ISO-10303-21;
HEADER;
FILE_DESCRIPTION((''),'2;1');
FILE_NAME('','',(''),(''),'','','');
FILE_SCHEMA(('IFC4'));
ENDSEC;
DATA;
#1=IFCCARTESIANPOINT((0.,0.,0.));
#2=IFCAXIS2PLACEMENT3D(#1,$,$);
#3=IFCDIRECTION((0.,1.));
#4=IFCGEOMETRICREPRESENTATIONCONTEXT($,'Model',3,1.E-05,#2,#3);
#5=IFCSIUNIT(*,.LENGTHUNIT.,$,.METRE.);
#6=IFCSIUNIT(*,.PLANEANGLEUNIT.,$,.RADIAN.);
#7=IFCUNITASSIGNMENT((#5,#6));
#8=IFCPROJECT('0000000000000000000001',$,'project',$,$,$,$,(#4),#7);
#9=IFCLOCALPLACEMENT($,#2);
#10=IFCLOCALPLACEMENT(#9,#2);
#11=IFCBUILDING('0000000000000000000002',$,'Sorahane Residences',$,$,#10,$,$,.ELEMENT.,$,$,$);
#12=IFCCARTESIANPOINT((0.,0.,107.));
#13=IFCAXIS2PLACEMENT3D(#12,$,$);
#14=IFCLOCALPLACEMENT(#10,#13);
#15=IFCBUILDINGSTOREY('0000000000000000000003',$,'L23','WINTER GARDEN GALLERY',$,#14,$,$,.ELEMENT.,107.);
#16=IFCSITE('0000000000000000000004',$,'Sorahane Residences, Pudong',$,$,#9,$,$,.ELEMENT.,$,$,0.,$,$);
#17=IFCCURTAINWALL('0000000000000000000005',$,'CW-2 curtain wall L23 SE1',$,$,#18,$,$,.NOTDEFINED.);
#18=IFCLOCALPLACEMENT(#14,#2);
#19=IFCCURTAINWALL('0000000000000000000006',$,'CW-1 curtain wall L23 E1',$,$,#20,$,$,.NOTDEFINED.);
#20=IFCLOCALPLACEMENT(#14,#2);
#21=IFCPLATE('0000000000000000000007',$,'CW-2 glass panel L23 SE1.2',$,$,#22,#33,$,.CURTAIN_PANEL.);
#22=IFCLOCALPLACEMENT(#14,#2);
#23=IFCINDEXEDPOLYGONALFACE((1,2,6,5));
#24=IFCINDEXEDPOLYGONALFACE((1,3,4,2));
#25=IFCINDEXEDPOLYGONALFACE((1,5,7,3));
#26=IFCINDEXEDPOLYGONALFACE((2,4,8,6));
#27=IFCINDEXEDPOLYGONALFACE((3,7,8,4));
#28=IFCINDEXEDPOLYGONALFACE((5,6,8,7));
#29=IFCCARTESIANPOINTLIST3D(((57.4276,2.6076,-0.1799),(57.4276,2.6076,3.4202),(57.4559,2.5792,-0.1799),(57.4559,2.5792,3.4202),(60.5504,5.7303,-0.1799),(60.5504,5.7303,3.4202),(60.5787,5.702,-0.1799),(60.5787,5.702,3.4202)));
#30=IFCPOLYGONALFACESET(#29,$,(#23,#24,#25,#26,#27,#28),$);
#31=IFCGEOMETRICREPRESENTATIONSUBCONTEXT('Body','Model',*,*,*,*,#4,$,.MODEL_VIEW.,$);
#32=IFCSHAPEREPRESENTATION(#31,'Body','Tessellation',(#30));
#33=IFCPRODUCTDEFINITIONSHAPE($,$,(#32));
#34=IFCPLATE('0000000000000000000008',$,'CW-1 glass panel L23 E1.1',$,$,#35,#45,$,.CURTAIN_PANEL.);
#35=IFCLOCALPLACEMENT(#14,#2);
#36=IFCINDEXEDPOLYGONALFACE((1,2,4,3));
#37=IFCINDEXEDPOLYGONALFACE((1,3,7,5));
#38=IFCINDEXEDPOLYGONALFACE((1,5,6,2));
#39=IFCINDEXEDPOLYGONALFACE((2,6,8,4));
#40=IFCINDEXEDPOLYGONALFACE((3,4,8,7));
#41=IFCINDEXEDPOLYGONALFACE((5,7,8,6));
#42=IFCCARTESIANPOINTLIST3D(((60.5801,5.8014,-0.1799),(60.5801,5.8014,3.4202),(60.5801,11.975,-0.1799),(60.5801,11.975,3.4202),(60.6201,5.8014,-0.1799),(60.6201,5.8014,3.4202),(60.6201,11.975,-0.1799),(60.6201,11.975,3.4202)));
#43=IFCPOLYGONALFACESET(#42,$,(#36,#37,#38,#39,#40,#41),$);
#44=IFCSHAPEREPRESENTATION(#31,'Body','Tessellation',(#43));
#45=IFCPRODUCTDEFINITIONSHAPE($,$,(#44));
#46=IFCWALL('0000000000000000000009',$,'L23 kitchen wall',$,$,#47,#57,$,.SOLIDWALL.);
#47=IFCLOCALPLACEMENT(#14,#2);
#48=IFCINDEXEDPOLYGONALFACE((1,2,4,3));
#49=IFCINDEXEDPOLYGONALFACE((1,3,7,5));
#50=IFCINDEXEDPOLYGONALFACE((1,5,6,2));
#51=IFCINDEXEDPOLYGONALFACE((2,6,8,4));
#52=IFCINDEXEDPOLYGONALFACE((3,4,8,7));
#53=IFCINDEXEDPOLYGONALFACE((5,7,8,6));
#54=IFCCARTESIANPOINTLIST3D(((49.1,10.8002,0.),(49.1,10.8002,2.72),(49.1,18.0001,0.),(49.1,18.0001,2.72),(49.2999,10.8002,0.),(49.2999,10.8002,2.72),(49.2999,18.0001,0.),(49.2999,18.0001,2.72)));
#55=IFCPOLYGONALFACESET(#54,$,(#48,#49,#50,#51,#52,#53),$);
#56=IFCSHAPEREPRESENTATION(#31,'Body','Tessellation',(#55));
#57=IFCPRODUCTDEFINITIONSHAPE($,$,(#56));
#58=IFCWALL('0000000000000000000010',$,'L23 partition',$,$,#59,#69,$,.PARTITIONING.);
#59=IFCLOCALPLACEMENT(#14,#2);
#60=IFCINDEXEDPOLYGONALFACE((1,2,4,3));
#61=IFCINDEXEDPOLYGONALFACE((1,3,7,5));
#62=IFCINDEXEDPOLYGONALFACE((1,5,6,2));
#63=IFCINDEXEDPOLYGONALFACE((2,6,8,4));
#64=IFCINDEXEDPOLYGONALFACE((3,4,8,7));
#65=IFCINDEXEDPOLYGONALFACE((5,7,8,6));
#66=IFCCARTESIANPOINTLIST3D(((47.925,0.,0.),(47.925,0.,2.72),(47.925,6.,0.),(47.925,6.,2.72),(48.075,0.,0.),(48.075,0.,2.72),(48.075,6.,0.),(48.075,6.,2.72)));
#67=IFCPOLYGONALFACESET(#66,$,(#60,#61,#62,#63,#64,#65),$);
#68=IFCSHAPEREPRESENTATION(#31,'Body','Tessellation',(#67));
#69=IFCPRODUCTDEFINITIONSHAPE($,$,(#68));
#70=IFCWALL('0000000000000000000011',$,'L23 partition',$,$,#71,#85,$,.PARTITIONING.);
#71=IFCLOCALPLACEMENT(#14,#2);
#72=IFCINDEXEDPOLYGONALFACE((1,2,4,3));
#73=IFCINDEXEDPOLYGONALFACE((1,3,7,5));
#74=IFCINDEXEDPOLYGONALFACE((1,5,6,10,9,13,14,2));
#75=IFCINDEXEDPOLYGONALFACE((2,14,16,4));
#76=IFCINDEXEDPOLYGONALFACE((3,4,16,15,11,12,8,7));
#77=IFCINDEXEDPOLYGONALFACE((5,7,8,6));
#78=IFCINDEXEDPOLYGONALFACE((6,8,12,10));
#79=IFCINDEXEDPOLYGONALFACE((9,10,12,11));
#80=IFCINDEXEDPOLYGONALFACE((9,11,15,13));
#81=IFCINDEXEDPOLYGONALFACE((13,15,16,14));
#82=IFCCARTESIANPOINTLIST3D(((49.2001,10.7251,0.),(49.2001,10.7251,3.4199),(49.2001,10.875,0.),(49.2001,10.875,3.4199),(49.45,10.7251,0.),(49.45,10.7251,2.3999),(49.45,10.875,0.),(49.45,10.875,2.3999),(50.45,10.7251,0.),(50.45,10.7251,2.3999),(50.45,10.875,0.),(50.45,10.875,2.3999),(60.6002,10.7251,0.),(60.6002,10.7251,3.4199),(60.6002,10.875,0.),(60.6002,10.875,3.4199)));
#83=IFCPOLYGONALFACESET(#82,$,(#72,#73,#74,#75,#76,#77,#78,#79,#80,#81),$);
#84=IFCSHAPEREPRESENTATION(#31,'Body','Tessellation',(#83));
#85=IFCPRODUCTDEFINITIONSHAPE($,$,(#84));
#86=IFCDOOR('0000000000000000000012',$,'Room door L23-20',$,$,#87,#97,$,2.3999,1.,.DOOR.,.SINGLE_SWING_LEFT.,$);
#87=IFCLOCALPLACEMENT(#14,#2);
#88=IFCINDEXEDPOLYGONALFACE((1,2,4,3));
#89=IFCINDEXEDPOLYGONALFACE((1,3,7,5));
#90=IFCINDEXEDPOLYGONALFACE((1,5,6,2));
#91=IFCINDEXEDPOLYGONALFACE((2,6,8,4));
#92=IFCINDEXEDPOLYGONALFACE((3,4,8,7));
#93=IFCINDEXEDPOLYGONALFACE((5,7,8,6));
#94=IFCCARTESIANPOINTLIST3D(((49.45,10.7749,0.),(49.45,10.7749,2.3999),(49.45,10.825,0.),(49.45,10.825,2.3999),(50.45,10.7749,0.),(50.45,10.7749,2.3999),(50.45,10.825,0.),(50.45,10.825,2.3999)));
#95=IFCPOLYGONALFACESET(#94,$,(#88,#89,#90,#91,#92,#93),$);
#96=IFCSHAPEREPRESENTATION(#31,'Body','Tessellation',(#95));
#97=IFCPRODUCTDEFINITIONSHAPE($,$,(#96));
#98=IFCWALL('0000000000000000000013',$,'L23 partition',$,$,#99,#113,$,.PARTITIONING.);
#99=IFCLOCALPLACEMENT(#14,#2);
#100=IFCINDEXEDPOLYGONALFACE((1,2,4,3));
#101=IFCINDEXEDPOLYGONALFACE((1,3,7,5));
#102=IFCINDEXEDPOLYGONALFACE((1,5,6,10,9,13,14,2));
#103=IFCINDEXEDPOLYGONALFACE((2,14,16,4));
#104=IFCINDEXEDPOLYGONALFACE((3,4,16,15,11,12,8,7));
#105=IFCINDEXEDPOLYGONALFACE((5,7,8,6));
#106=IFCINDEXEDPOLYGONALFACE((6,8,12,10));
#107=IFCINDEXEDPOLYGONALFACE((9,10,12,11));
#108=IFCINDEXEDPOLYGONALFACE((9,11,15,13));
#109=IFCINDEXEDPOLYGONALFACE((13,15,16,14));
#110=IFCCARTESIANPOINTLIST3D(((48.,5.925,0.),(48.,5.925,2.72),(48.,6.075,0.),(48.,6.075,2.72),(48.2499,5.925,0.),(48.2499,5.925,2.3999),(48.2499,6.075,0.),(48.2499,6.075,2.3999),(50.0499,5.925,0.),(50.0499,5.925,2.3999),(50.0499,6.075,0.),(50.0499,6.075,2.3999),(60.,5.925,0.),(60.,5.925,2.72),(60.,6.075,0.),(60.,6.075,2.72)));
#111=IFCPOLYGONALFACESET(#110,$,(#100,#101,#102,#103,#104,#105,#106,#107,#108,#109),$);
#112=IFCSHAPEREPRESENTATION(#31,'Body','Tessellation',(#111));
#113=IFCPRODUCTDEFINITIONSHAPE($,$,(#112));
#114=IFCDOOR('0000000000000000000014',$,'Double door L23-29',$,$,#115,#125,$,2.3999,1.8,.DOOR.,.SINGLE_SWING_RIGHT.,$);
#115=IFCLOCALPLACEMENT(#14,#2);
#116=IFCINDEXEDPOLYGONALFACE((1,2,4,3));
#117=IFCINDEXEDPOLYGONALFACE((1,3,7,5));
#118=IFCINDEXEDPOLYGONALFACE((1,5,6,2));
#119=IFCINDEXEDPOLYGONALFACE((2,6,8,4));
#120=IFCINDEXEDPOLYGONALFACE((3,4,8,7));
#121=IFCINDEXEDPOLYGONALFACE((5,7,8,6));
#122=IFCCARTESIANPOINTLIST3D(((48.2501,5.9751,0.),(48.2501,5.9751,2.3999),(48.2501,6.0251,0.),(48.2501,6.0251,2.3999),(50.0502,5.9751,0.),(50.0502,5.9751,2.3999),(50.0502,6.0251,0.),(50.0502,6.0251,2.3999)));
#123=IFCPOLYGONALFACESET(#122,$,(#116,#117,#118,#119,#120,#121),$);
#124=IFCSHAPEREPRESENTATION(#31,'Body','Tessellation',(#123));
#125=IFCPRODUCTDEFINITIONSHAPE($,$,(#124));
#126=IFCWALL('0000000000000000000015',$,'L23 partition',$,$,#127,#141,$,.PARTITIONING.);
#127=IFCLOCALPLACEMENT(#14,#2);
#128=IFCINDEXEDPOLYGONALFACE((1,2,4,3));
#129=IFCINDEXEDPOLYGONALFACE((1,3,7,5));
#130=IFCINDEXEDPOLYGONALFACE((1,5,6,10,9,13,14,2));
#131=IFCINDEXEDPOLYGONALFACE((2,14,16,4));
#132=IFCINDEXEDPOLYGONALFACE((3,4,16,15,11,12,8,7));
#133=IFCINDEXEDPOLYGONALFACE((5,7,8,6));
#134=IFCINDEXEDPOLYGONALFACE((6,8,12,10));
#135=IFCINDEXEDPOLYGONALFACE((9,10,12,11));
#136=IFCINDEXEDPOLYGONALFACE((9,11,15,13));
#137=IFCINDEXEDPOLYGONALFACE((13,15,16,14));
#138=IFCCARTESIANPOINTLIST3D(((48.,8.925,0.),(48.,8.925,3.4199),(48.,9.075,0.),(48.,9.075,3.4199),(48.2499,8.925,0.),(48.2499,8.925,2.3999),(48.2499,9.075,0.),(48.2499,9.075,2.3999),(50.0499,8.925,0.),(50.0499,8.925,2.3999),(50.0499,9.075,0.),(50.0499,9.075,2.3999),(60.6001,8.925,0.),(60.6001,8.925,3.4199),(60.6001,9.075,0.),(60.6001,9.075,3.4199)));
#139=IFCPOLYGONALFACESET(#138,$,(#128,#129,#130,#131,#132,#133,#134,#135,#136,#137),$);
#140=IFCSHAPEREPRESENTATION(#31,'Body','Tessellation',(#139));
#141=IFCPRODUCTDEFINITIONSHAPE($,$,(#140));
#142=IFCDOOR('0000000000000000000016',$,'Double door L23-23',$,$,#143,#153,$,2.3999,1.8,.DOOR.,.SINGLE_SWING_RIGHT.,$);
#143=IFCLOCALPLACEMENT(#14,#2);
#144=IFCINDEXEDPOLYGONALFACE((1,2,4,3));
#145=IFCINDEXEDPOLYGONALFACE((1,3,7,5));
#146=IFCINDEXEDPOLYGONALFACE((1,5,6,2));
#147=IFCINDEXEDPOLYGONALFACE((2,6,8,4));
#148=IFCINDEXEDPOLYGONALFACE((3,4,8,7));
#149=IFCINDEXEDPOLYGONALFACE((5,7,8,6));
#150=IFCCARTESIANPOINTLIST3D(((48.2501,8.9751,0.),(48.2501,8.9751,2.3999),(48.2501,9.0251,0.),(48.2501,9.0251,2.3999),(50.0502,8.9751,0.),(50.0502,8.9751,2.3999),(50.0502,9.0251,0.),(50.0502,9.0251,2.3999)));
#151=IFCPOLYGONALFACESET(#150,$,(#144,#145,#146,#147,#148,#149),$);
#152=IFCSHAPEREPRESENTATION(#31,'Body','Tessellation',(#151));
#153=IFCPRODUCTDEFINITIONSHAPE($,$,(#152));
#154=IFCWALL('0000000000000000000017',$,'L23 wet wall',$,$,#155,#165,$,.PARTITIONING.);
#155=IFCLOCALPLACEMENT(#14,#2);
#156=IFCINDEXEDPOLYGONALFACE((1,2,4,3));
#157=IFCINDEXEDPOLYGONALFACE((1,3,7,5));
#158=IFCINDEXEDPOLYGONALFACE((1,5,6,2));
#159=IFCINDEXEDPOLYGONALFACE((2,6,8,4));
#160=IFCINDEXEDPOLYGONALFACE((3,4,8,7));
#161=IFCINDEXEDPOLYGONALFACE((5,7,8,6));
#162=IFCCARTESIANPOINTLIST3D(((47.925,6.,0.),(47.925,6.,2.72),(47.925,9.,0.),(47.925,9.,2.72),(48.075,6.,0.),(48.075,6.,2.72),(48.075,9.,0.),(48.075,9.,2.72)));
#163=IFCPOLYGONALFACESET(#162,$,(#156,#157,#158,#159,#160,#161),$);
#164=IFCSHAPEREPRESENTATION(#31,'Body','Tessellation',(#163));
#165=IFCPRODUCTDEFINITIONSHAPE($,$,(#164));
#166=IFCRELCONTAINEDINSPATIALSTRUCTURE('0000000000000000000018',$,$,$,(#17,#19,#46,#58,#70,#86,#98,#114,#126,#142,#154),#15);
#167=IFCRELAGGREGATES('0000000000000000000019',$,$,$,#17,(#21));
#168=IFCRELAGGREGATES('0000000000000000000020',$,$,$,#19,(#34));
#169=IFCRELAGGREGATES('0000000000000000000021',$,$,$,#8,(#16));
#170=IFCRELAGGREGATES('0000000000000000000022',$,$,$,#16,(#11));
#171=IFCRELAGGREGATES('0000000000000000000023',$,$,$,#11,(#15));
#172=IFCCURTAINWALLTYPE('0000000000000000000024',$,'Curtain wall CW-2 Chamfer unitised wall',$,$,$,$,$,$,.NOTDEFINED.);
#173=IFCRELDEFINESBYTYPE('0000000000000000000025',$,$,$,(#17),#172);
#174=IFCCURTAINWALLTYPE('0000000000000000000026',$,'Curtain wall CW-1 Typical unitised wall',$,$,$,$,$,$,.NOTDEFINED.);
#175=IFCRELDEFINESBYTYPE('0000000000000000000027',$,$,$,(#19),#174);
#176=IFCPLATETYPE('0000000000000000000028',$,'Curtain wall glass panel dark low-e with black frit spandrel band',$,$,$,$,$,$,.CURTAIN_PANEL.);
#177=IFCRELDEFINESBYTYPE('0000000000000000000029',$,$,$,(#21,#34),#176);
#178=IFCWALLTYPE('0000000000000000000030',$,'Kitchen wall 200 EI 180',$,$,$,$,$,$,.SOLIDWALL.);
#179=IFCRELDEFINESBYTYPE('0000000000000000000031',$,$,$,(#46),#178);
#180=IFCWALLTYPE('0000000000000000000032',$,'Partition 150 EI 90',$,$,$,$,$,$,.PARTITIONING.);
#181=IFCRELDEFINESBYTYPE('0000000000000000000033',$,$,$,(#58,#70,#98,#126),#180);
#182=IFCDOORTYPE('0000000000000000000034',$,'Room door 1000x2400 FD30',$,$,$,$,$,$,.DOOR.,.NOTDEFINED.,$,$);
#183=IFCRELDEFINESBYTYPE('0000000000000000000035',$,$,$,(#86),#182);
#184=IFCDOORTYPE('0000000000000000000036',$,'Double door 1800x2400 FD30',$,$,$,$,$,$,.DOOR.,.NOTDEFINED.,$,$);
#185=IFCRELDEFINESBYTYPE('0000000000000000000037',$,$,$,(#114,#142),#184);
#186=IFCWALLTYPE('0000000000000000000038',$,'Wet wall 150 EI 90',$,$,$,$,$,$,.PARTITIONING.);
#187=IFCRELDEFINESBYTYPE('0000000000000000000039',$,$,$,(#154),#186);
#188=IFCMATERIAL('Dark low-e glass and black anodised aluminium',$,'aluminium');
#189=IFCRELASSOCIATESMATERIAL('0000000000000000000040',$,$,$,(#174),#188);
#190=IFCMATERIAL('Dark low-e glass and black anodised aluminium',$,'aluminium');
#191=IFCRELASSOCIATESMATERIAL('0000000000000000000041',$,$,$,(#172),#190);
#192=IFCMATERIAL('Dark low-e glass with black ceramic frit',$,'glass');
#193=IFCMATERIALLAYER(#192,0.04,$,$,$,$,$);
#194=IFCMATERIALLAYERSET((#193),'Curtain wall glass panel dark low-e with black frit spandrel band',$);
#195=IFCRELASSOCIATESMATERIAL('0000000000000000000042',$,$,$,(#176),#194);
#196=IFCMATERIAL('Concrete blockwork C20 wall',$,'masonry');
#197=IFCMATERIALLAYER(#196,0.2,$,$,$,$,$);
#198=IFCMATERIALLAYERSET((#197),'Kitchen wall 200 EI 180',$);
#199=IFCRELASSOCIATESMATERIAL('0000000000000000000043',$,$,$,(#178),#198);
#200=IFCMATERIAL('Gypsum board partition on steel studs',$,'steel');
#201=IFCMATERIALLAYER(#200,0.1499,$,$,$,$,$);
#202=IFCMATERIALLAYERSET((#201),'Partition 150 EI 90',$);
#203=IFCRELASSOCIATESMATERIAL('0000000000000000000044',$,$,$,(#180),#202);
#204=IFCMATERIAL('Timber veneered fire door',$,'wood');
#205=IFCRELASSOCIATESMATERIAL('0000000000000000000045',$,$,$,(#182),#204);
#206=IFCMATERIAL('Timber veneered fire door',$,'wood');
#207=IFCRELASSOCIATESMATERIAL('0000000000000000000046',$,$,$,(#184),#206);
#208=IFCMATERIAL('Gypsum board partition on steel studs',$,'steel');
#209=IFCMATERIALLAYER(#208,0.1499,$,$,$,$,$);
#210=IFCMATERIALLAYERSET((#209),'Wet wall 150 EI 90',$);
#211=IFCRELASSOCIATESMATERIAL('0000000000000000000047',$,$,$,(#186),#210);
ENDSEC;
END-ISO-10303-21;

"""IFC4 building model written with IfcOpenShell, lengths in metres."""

from ifc_helpers import new_model, si_unit, direction, frame, frame_2d, origin, origin_2d, place, context, subcontext, project, spatial, rectangle, extrude, material, layer, layer_set, type_object, element, fill, aggregate, save


model = new_model("IFC4")

# Units and contexts
model_context = context("Model", 3, precision=1e-05, world=origin(), true_north=direction((0.0, 1.0)))
body_context = subcontext(model_context, "Body", "Model", "MODEL_VIEW")
ifc_project = project(units=[si_unit("LENGTHUNIT", "METRE"), si_unit("PLANEANGLEUNIT", "RADIAN")], contexts=[model_context])

# Site, building, storey
site_placement = place(None, origin())
site = spatial("IfcSite", under=ifc_project, at=site_placement, Name="Sorahane Residences, Pudong", CompositionType="ELEMENT", RefElevation=0.0)
building_placement = place(site_placement, origin())
building = spatial("IfcBuilding", under=site, at=building_placement, Name="Sorahane Residences", CompositionType="ELEMENT")
storey_placement = place(building_placement, frame((0.0, 0.0, 107.0)))
storey = spatial("IfcBuildingStorey", under=building, at=storey_placement, Name="L23", Description="WINTER GARDEN GALLERY", CompositionType="ELEMENT", Elevation=107.0)

# Curtain wall
ifc_material_1 = material(Name="Dark low-e glass and black anodised aluminium", Category="aluminium")
curtain_wall_type_1 = type_object("IfcCurtainWallType", Name="Curtain wall CW-1 Typical unitised wall", PredefinedType="NOTDEFINED", material=ifc_material_1)
ifc_material_2 = material(Name="Dark low-e glass and black anodised aluminium", Category="aluminium")
curtain_wall_type_2 = type_object("IfcCurtainWallType", Name="Curtain wall CW-2 Chamfer unitised wall", PredefinedType="NOTDEFINED", material=ifc_material_2)
curtain_wall_1_placement = place(storey_placement, origin())
curtain_wall_1 = element("IfcCurtainWall", 1, at=curtain_wall_1_placement, inside=storey, type_object=curtain_wall_type_2, Name="CW-2 curtain wall L23 SE1", PredefinedType="NOTDEFINED")

# Curtain wall
curtain_wall_2_placement = place(storey_placement, origin())
curtain_wall_2 = element("IfcCurtainWall", 2, at=curtain_wall_2_placement, inside=storey, type_object=curtain_wall_type_1, Name="CW-1 curtain wall L23 E1", PredefinedType="NOTDEFINED")

# Plates
ifc_material_3 = material(Name="Dark low-e glass with black ceramic frit", Category="glass")
ifc_layer_1 = layer(ifc_material_3, 0.04)
ifc_layer_set_1 = layer_set([ifc_layer_1], Name="Curtain wall glass panel dark low-e with black frit spandrel band")
plate_type = type_object("IfcPlateType", Name="Curtain wall glass panel dark low-e with black frit spandrel band", PredefinedType="CURTAIN_PANEL", material=ifc_layer_set_1)
plate_1_placement = place(storey_placement, frame((59.0032, 4.1548, -0.1799), z_axis=(0.0, 0.0, 1.0), x_axis=(0.707107, 0.707107, 0.0)))
plate_1 = element("IfcPlate", 3, at=plate_1_placement, type_object=plate_type, Name="CW-2 glass panel L23 SE1.2", PredefinedType="CURTAIN_PANEL", context=body_context, shape_type="SweptSolid", body=[
    extrude(rectangle(XDim=4.4163, YDim=0.04, at=origin_2d()), origin(), (0.0, 0.0, 1.0), 3.6001),
])
aggregate(curtain_wall_1, [plate_1])
plate_2_placement = place(storey_placement, frame((60.6001, 8.8882, -0.1799), z_axis=(0.0, 0.0, 1.0), x_axis=(0.0, 1.0, 0.0)))
plate_2 = element("IfcPlate", 4, at=plate_2_placement, type_object=plate_type, Name="CW-1 glass panel L23 E1.1", PredefinedType="CURTAIN_PANEL", context=body_context, shape_type="SweptSolid", body=[
    extrude(rectangle(XDim=6.1736, YDim=0.04, at=origin_2d()), origin(), (0.0, 0.0, 1.0), 3.6001),
])
aggregate(curtain_wall_2, [plate_2])

# Wall
ifc_material_4 = material(Name="Concrete blockwork C20 wall", Category="masonry")
ifc_layer_2 = layer(ifc_material_4, 0.2)
ifc_layer_set_2 = layer_set([ifc_layer_2], Name="Kitchen wall 200 EI 180")
wall_type_1 = type_object("IfcWallType", Name="Kitchen wall 200 EI 180", PredefinedType="SOLIDWALL", material=ifc_layer_set_2)
wall_1_placement = place(storey_placement, frame((49.2, 10.8, 0.0), z_axis=(0.0, 0.0, 1.0), x_axis=(0.0, 1.0, 0.0)))
element("IfcWall", 5, at=wall_1_placement, inside=storey, type_object=wall_type_1, Name="L23 kitchen wall", PredefinedType="SOLIDWALL", context=body_context, shape_type="SweptSolid", body=[
    extrude(rectangle(XDim=7.2, YDim=0.2, at=frame_2d((3.6001, 0.0))), origin(), (0.0, 0.0, 1.0), 2.72),
])

# Wall
ifc_material_5 = material(Name="Gypsum board partition on steel studs", Category="steel")
ifc_layer_3 = layer(ifc_material_5, 0.1499)
ifc_layer_set_3 = layer_set([ifc_layer_3], Name="Partition 150 EI 90")
wall_type_2 = type_object("IfcWallType", Name="Partition 150 EI 90", PredefinedType="PARTITIONING", material=ifc_layer_set_3)
wall_2_placement = place(storey_placement, frame((48.0, 0.0, 0.0), z_axis=(0.0, 0.0, 1.0), x_axis=(0.0, 1.0, 0.0)))
element("IfcWall", 6, at=wall_2_placement, inside=storey, type_object=wall_type_2, Name="L23 partition", PredefinedType="PARTITIONING", context=body_context, shape_type="SweptSolid", body=[
    extrude(rectangle(XDim=6.0, YDim=0.1499, at=frame_2d((3.0, 0.0))), origin(), (0.0, 0.0, 1.0), 2.72),
])

# Walls, openings, doors
wall_3_placement = place(storey_placement, frame((49.2, 10.8, 0.0), z_axis=(0.0, 0.0, 1.0), x_axis=(1.0, 0.0, 0.0)))
wall_3 = element("IfcWall", 7, at=wall_3_placement, inside=storey, type_object=wall_type_2, Name="L23 partition", PredefinedType="PARTITIONING", context=body_context, shape_type="SweptSolid", body=[
    extrude(rectangle(XDim=11.4001, YDim=0.1499, at=frame_2d((5.7002, 0.0))), origin(), (0.0, 0.0, 1.0), 3.4199),
])
opening_1_placement = place(wall_3_placement, frame((0.25, 0.0, 0.0)))
opening_1 = element("IfcOpeningElement", 8, at=opening_1_placement, cuts=wall_3, PredefinedType="OPENING", context=body_context, shape_type="SweptSolid", body=[
    extrude(rectangle(XDim=1.0, YDim=2.3999, at=frame_2d((0.5, 1.2))), frame((0.0, 0.085, 0.0), z_axis=(0.0, -1.0, 0.0), x_axis=(1.0, 0.0, 0.0)), (0.0, 0.0, 1.0), 0.1699),
])
ifc_material_6 = material(Name="Timber veneered fire door", Category="wood")
door_type_1 = type_object("IfcDoorType", Name="Room door 1000x2400 FD30", OperationType="NOTDEFINED", PredefinedType="DOOR", material=ifc_material_6)
door_1_placement = place(opening_1_placement, origin())
door_1 = element("IfcDoor", 9, at=door_1_placement, inside=storey, type_object=door_type_1, Name="Room door L23-20", OperationType="SINGLE_SWING_LEFT", OverallHeight=2.3999, OverallWidth=1.0, PredefinedType="DOOR", context=body_context, shape_type="SweptSolid", body=[
    extrude(rectangle(XDim=1.0, YDim=2.3999, at=frame_2d((0.5, 1.2))), frame((0.0, 0.0249, 0.0), z_axis=(0.0, -1.0, 0.0), x_axis=(1.0, 0.0, 0.0)), (0.0, 0.0, 1.0), 0.05),
])
fill(opening_1, door_1)
wall_4_placement = place(storey_placement, frame((48.0, 6.0, 0.0), z_axis=(0.0, 0.0, 1.0), x_axis=(1.0, 0.0, 0.0)))
wall_4 = element("IfcWall", 10, at=wall_4_placement, inside=storey, type_object=wall_type_2, Name="L23 partition", PredefinedType="PARTITIONING", context=body_context, shape_type="SweptSolid", body=[
    extrude(rectangle(XDim=12.0, YDim=0.1499, at=frame_2d((6.0, 0.0))), origin(), (0.0, 0.0, 1.0), 2.72),
])
opening_2_placement = place(wall_4_placement, frame((0.25, 0.0, 0.0)))
opening_2 = element("IfcOpeningElement", 11, at=opening_2_placement, cuts=wall_4, PredefinedType="OPENING", context=body_context, shape_type="SweptSolid", body=[
    extrude(rectangle(XDim=1.8, YDim=2.3999, at=frame_2d((0.8999, 1.2))), frame((0.0, 0.085, 0.0), z_axis=(0.0, -1.0, 0.0), x_axis=(1.0, 0.0, 0.0)), (0.0, 0.0, 1.0), 0.1699),
])
ifc_material_7 = material(Name="Timber veneered fire door", Category="wood")
door_type_2 = type_object("IfcDoorType", Name="Double door 1800x2400 FD30", OperationType="NOTDEFINED", PredefinedType="DOOR", material=ifc_material_7)
door_2_placement = place(opening_2_placement, frame((1.8, 0.0, 0.0), z_axis=(0.0, 0.0, 1.0), x_axis=(-1.0, 0.0, 0.0)))
door_2 = element("IfcDoor", 12, at=door_2_placement, inside=storey, type_object=door_type_2, Name="Double door L23-29", OperationType="SINGLE_SWING_RIGHT", OverallHeight=2.3999, OverallWidth=1.8, PredefinedType="DOOR", context=body_context, shape_type="SweptSolid", body=[
    extrude(rectangle(XDim=1.8, YDim=2.3999, at=frame_2d((0.8999, 1.2))), frame((0.0, 0.0249, 0.0), z_axis=(0.0, -1.0, 0.0), x_axis=(1.0, 0.0, 0.0)), (0.0, 0.0, 1.0), 0.05),
])
fill(opening_2, door_2)
wall_5_placement = place(storey_placement, frame((48.0, 9.0, 0.0), z_axis=(0.0, 0.0, 1.0), x_axis=(1.0, 0.0, 0.0)))
wall_5 = element("IfcWall", 13, at=wall_5_placement, inside=storey, type_object=wall_type_2, Name="L23 partition", PredefinedType="PARTITIONING", context=body_context, shape_type="SweptSolid", body=[
    extrude(rectangle(XDim=12.6001, YDim=0.1499, at=frame_2d((6.3, 0.0))), origin(), (0.0, 0.0, 1.0), 3.4199),
])
opening_3_placement = place(wall_5_placement, frame((0.25, 0.0, 0.0)))
opening_3 = element("IfcOpeningElement", 14, at=opening_3_placement, cuts=wall_5, PredefinedType="OPENING", context=body_context, shape_type="SweptSolid", body=[
    extrude(rectangle(XDim=1.8, YDim=2.3999, at=frame_2d((0.8999, 1.2))), frame((0.0, 0.085, 0.0), z_axis=(0.0, -1.0, 0.0), x_axis=(1.0, 0.0, 0.0)), (0.0, 0.0, 1.0), 0.1699),
])
door_3_placement = place(opening_3_placement, frame((1.8, 0.0, 0.0), z_axis=(0.0, 0.0, 1.0), x_axis=(-1.0, 0.0, 0.0)))
door_3 = element("IfcDoor", 15, at=door_3_placement, inside=storey, type_object=door_type_2, Name="Double door L23-23", OperationType="SINGLE_SWING_RIGHT", OverallHeight=2.3999, OverallWidth=1.8, PredefinedType="DOOR", context=body_context, shape_type="SweptSolid", body=[
    extrude(rectangle(XDim=1.8, YDim=2.3999, at=frame_2d((0.8999, 1.2))), frame((0.0, 0.0249, 0.0), z_axis=(0.0, -1.0, 0.0), x_axis=(1.0, 0.0, 0.0)), (0.0, 0.0, 1.0), 0.05),
])
fill(opening_3, door_3)

# Wall
ifc_material_8 = material(Name="Gypsum board partition on steel studs", Category="steel")
ifc_layer_4 = layer(ifc_material_8, 0.1499)
ifc_layer_set_4 = layer_set([ifc_layer_4], Name="Wet wall 150 EI 90")
wall_type_3 = type_object("IfcWallType", Name="Wet wall 150 EI 90", PredefinedType="PARTITIONING", material=ifc_layer_set_4)
wall_6_placement = place(storey_placement, frame((48.0, 6.0, 0.0), z_axis=(0.0, 0.0, 1.0), x_axis=(0.0, 1.0, 0.0)))
element("IfcWall", 16, at=wall_6_placement, inside=storey, type_object=wall_type_3, Name="L23 wet wall", PredefinedType="PARTITIONING", context=body_context, shape_type="SweptSolid", body=[
    extrude(rectangle(XDim=3.0, YDim=0.1499, at=frame_2d((1.5, 0.0))), origin(), (0.0, 0.0, 1.0), 2.72),
])

save(model, "model.ifc")
